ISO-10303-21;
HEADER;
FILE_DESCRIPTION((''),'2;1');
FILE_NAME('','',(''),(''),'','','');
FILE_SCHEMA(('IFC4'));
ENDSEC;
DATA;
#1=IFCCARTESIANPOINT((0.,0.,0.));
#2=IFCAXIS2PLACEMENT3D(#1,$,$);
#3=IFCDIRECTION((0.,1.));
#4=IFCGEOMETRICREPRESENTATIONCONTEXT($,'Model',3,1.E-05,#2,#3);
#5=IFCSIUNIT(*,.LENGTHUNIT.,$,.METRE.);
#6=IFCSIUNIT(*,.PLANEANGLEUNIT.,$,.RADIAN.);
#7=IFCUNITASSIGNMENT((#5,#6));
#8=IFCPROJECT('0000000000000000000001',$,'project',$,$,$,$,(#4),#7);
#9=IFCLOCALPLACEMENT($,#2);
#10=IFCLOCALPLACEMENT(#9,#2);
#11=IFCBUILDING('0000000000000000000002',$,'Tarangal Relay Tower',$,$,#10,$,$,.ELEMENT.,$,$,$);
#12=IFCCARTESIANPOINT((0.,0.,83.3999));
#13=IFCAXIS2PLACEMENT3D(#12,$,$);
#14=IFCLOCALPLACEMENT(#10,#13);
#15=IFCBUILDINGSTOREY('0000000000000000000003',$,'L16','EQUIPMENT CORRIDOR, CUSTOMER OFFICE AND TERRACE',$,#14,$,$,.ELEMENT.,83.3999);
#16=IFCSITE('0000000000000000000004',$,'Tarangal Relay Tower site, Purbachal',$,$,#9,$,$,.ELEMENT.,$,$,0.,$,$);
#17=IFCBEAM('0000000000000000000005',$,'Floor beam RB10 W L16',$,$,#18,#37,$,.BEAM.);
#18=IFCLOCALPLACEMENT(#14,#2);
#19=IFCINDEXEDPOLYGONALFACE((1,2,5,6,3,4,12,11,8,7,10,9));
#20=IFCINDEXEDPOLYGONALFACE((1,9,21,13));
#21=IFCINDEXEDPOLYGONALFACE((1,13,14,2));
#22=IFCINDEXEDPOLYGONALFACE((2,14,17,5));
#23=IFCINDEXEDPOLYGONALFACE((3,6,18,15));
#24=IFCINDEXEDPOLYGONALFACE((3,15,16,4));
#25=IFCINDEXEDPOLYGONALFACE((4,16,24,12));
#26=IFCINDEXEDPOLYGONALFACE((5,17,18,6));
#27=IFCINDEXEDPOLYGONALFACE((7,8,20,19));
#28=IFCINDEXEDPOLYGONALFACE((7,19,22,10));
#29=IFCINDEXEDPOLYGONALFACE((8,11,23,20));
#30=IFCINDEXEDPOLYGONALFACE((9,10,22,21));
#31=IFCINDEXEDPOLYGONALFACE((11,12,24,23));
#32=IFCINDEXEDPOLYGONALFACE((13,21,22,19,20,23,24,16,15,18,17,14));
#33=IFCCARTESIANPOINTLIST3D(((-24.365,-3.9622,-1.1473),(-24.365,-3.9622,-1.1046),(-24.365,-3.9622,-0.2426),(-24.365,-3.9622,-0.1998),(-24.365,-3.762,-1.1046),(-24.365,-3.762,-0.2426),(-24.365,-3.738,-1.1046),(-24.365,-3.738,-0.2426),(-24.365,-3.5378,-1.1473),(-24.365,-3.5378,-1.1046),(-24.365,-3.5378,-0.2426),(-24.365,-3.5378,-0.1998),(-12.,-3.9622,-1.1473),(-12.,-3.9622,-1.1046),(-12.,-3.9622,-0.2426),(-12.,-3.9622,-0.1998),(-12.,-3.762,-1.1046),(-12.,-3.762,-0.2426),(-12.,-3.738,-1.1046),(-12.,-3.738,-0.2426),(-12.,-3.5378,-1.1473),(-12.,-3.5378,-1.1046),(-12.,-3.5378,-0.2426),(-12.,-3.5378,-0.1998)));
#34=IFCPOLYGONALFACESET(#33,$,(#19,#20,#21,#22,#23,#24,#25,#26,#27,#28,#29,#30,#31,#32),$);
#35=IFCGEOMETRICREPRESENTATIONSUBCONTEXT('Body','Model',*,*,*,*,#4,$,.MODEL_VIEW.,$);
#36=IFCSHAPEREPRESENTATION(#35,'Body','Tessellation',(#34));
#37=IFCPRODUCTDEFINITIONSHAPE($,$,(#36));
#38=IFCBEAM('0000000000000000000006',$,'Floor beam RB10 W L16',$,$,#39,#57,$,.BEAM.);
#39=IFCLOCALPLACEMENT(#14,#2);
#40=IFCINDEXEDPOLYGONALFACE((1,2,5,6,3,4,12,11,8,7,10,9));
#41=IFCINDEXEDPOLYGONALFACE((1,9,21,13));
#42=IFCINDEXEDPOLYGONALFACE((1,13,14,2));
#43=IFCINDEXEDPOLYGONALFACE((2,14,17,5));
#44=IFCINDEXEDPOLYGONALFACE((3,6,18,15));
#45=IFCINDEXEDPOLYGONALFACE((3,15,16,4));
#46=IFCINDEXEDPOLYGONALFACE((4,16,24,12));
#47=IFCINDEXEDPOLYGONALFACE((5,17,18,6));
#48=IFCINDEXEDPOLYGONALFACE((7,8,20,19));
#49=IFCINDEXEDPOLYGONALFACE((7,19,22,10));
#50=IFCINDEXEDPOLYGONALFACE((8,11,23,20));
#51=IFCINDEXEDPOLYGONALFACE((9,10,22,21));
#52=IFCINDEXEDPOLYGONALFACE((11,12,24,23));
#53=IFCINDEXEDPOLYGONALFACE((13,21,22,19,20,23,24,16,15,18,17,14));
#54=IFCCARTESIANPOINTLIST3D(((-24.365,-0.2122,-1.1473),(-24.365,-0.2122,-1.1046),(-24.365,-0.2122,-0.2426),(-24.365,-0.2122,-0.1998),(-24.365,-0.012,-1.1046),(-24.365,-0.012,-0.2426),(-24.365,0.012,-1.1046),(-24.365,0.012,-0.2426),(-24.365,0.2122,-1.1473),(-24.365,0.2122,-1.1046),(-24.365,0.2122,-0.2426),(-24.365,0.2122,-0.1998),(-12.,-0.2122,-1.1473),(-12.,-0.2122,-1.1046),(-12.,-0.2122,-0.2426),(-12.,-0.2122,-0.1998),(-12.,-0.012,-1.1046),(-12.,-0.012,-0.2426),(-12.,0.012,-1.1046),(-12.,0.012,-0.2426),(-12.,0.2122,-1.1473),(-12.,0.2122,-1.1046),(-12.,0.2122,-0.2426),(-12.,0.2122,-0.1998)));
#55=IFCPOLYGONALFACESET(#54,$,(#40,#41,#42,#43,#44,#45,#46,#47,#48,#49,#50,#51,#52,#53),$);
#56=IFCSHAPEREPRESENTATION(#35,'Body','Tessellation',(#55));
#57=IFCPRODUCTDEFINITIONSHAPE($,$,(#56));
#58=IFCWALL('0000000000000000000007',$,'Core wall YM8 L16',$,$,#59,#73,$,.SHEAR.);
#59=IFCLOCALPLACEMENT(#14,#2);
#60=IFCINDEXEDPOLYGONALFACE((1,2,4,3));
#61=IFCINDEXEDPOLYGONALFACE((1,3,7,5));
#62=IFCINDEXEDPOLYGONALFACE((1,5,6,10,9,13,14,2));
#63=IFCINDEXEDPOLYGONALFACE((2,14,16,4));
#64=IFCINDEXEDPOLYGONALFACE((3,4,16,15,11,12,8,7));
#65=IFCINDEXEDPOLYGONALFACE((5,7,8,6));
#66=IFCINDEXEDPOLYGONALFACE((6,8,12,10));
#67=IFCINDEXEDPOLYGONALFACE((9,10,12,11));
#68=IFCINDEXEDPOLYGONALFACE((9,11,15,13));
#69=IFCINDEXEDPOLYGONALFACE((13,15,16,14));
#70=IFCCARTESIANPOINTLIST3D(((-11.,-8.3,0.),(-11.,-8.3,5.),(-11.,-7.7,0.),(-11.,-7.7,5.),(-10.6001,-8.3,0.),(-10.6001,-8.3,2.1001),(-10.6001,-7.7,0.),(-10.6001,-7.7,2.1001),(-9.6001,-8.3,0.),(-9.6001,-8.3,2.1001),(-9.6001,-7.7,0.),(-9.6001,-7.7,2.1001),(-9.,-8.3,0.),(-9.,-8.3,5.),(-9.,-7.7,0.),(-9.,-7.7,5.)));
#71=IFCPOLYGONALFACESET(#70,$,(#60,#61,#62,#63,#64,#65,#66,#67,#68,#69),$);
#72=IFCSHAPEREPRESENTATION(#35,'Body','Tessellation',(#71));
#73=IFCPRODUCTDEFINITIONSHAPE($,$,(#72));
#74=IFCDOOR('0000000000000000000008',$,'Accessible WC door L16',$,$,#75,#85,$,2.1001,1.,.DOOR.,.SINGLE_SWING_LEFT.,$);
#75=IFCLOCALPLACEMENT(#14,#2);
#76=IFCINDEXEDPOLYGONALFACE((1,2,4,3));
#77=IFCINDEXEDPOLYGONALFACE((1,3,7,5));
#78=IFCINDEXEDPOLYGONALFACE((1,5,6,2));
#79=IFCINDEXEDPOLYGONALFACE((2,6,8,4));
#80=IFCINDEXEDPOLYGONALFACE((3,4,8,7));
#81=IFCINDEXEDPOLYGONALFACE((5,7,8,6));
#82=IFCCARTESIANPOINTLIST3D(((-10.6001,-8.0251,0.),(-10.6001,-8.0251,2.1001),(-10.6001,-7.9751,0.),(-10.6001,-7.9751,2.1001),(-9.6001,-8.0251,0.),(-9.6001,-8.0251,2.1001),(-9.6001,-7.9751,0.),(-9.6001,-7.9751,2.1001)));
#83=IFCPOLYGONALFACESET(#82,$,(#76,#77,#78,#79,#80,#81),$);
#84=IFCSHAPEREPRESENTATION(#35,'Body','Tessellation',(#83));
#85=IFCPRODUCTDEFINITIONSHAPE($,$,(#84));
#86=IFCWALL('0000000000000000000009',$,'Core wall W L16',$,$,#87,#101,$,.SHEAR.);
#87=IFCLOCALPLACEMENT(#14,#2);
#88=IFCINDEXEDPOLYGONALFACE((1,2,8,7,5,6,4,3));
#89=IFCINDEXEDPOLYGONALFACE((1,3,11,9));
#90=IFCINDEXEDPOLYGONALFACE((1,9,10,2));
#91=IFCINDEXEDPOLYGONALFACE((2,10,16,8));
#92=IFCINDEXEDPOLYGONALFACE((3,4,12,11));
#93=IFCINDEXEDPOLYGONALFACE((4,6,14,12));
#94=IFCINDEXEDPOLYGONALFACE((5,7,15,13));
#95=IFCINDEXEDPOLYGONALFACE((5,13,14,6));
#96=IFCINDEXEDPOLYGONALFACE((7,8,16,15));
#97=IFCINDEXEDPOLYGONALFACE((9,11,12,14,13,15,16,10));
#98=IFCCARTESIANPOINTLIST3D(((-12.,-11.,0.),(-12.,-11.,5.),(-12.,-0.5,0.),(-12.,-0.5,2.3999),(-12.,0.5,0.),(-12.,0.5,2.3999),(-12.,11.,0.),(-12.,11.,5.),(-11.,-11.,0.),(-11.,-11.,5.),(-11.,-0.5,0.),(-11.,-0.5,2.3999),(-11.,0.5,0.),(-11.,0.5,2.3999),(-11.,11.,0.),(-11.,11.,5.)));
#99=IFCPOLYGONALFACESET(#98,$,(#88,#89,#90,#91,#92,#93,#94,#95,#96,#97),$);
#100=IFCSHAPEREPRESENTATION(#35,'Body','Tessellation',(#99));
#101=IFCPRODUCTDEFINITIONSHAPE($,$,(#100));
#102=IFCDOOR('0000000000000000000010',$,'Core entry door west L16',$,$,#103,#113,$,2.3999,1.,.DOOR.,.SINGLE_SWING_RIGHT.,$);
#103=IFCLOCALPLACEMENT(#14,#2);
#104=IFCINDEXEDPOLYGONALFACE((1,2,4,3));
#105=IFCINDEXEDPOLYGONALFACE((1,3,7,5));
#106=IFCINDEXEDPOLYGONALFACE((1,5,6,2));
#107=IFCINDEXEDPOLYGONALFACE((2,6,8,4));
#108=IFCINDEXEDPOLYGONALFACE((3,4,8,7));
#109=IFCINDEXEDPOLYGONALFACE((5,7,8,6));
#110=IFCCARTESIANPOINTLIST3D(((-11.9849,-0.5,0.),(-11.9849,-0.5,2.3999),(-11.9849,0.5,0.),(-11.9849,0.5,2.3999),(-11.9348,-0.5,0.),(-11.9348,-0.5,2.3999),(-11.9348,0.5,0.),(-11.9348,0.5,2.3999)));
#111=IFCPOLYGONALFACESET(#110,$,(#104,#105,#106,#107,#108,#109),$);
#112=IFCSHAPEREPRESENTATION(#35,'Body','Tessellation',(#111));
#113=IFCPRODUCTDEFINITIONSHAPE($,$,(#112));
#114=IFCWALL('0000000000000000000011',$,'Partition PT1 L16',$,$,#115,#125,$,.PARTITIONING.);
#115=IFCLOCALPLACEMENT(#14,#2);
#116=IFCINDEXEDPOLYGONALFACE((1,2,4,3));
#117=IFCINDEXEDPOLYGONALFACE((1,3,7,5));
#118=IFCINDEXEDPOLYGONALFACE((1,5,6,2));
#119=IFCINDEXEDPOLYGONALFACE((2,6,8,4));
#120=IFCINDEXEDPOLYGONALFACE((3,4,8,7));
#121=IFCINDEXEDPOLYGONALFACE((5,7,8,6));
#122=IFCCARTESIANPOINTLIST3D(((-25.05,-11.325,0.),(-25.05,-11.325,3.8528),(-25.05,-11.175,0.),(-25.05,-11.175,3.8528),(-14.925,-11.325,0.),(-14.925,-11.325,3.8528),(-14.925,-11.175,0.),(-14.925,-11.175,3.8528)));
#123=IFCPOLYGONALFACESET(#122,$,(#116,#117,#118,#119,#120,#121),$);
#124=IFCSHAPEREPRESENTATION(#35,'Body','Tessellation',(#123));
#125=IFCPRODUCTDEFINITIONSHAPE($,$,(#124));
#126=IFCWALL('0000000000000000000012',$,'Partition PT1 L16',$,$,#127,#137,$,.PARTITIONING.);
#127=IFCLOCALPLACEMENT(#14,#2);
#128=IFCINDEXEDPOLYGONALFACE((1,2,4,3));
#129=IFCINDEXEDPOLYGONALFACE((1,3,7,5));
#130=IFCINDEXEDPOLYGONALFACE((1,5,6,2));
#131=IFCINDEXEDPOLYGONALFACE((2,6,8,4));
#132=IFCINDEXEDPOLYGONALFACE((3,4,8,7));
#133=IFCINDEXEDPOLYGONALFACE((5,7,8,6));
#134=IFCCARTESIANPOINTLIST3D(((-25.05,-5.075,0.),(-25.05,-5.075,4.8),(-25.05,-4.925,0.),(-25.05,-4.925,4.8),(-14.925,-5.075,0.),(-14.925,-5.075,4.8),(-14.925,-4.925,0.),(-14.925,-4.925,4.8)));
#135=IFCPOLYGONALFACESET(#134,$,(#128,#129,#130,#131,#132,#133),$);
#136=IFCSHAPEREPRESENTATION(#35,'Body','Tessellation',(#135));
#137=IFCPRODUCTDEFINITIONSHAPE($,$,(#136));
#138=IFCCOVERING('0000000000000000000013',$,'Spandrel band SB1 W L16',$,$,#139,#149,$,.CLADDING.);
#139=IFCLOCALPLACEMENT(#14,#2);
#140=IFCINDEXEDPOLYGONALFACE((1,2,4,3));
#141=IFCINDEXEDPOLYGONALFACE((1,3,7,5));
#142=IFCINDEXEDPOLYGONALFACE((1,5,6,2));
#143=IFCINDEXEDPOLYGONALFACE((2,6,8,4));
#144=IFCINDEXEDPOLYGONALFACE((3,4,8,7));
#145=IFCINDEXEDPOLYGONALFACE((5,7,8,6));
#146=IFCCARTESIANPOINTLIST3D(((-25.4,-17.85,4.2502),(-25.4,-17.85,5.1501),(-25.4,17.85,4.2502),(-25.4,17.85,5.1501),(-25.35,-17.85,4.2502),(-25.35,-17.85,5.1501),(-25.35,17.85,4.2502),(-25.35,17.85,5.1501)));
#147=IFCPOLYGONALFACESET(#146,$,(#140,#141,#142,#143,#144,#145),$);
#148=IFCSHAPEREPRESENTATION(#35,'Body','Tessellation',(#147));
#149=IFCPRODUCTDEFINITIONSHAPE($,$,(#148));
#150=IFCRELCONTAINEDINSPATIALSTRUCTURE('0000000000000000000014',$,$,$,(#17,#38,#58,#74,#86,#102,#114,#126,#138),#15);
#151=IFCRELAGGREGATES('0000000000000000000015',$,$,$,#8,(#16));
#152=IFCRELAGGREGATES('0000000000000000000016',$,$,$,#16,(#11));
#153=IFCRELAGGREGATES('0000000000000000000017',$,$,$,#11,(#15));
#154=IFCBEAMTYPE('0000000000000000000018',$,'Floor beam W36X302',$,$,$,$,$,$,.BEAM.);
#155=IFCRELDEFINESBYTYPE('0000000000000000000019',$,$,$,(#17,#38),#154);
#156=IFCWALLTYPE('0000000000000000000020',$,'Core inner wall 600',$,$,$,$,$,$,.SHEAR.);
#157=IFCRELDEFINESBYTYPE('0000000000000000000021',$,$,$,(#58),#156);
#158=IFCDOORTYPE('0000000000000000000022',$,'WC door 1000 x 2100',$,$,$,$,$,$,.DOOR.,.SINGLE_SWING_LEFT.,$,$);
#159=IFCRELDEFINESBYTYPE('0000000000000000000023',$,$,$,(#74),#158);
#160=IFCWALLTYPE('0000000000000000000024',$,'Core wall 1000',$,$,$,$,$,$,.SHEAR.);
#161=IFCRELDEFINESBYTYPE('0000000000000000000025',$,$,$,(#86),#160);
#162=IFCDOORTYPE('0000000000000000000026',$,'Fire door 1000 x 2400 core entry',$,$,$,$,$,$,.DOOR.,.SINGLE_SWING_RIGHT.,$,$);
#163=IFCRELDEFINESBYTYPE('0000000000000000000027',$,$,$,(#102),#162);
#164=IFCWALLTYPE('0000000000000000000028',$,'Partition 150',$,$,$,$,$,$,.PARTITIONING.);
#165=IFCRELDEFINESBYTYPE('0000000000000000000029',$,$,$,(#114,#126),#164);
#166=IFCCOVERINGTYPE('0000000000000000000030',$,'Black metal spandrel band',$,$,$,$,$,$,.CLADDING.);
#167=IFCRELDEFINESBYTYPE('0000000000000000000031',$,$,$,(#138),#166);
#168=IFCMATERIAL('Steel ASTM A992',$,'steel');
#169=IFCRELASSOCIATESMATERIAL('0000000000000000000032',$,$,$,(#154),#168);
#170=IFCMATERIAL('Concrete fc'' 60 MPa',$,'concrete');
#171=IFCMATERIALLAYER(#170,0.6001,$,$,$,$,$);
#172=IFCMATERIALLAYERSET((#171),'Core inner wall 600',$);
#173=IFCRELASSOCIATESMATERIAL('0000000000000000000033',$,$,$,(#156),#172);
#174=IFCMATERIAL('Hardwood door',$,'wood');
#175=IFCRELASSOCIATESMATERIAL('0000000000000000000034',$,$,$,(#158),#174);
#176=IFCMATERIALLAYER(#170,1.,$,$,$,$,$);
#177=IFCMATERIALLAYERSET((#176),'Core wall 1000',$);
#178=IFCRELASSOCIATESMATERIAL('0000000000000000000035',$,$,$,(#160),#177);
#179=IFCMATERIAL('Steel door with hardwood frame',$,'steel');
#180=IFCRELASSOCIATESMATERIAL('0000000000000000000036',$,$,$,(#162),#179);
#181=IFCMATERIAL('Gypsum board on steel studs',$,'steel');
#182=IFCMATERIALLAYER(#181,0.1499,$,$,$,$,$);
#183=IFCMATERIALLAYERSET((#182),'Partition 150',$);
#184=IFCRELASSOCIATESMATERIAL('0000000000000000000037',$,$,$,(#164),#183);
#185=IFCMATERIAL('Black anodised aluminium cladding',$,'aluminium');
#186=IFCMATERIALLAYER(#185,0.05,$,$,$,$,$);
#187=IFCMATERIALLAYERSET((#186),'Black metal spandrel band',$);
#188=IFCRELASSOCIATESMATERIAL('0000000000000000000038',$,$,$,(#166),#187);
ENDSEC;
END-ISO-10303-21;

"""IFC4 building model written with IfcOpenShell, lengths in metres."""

from ifc_helpers import new_model, si_unit, direction, frame, frame_2d, origin, origin_2d, place, context, subcontext, project, spatial, rectangle, i_section, extrude, material, layer, layer_set, material_profile, profile_set, type_object, element, fill, save


model = new_model("IFC4")

# Units and contexts
model_context = context("Model", 3, precision=1e-05, world=origin(), true_north=direction((0.0, 1.0)))
body_context = subcontext(model_context, "Body", "Model", "MODEL_VIEW")
ifc_project = project(units=[si_unit("LENGTHUNIT", "METRE"), si_unit("PLANEANGLEUNIT", "RADIAN")], contexts=[model_context])

# Site, building, storey
site_placement = place(None, origin())
site = spatial("IfcSite", under=ifc_project, at=site_placement, Name="Tarangal Relay Tower site, Purbachal", CompositionType="ELEMENT", RefElevation=0.0)
building_placement = place(site_placement, origin())
building = spatial("IfcBuilding", under=site, at=building_placement, Name="Tarangal Relay Tower", CompositionType="ELEMENT")
storey_placement = place(building_placement, frame((0.0, 0.0, 83.3999)))
storey = spatial("IfcBuildingStorey", under=building, at=storey_placement, Name="L16", Description="EQUIPMENT CORRIDOR, CUSTOMER OFFICE AND TERRACE", CompositionType="ELEMENT", Elevation=83.3999)

# Beams
ifc_material_1 = material(Name="Steel ASTM A992", Category="steel")
ifc_material_profile_1 = material_profile(ifc_material_1, i_section(OverallWidth=0.4243, OverallDepth=0.9475, WebThickness=0.0239, FlangeThickness=0.0427, at=origin_2d()), Name="W36X302")
ifc_profile_set_1 = profile_set([ifc_material_profile_1], Name="Steel ASTM A992")
beam_type_1 = type_object("IfcBeamType", Name="Floor beam W36X302", PredefinedType="BEAM", material=ifc_profile_set_1)
for number, where, z_axis, x_axis, name in (
    (1, (-12.0, -3.75, -0.6736), (-1.0, 0.0, 0.0), (0.0, -1.0, 0.0), "Floor beam RB10 W L16"),
    (2, (-12.0, 0.0, -0.6736), (-1.0, 0.0, 0.0), (0.0, -1.0, 0.0), "Floor beam RB10 W L16"),
):
    element("IfcBeam", number, at=place(storey_placement, frame(where, z_axis=z_axis, x_axis=x_axis)), inside=storey, type_object=beam_type_1, Name=name, PredefinedType="BEAM", context=body_context, shape_type="SweptSolid", body=[
        extrude(i_section(OverallWidth=0.4243, OverallDepth=0.9475, WebThickness=0.0239, FlangeThickness=0.0427, at=origin_2d()), origin(), (0.0, 0.0, 1.0), 12.365),
    ])

# Walls, openings, doors
ifc_material_2 = material(Name="Concrete fc' 60 MPa", Category="concrete")
ifc_layer_1 = layer(ifc_material_2, 0.6001)
ifc_layer_set_1 = layer_set([ifc_layer_1], Name="Core inner wall 600")
wall_type_1 = type_object("IfcWallType", Name="Core inner wall 600", PredefinedType="SHEAR", material=ifc_layer_set_1)
wall_1_placement = place(storey_placement, frame((-11.0, -8.0, 0.0), z_axis=(0.0, 0.0, 1.0), x_axis=(1.0, 0.0, 0.0)))
wall_1 = element("IfcWall", 3, at=wall_1_placement, inside=storey, type_object=wall_type_1, Name="Core wall YM8 L16", PredefinedType="SHEAR", context=body_context, shape_type="SweptSolid", body=[
    extrude(rectangle(XDim=2.0, YDim=0.6001, at=frame_2d((1.0, 0.0))), origin(), (0.0, 0.0, 1.0), 5.0),
])
opening_1_placement = place(wall_1_placement, frame((0.3999, 0.0, 0.0)))
opening_1 = element("IfcOpeningElement", 4, at=opening_1_placement, cuts=wall_1, PredefinedType="OPENING", context=body_context, shape_type="SweptSolid", body=[
    extrude(rectangle(XDim=1.0, YDim=2.1001, at=frame_2d((0.5, 1.05))), frame((0.0, 0.3101, 0.0), z_axis=(0.0, -1.0, 0.0), x_axis=(1.0, 0.0, 0.0)), (0.0, 0.0, 1.0), 0.6201),
])
ifc_material_3 = material(Name="Hardwood door", Category="wood")
door_type_1 = type_object("IfcDoorType", Name="WC door 1000 x 2100", OperationType="SINGLE_SWING_LEFT", PredefinedType="DOOR", material=ifc_material_3)
door_1_placement = place(opening_1_placement, origin())
door_1 = element("IfcDoor", 5, at=door_1_placement, inside=storey, type_object=door_type_1, Name="Accessible WC door L16", OperationType="SINGLE_SWING_LEFT", OverallHeight=2.1001, OverallWidth=1.0, PredefinedType="DOOR", context=body_context, shape_type="SweptSolid", body=[
    extrude(rectangle(XDim=1.0, YDim=2.1001, at=frame_2d((0.5, 1.05))), frame((0.0, 0.0249, 0.0), z_axis=(0.0, -1.0, 0.0), x_axis=(1.0, 0.0, 0.0)), (0.0, 0.0, 1.0), 0.05),
])
fill(opening_1, door_1)
ifc_layer_2 = layer(ifc_material_2, 1.0)
ifc_layer_set_2 = layer_set([ifc_layer_2], Name="Core wall 1000")
wall_type_2 = type_object("IfcWallType", Name="Core wall 1000", PredefinedType="SHEAR", material=ifc_layer_set_2)
wall_2_placement = place(storey_placement, frame((-11.5, -11.0, 0.0), z_axis=(0.0, 0.0, 1.0), x_axis=(0.0, 1.0, 0.0)))
wall_2 = element("IfcWall", 6, at=wall_2_placement, inside=storey, type_object=wall_type_2, Name="Core wall W L16", PredefinedType="SHEAR", context=body_context, shape_type="SweptSolid", body=[
    extrude(rectangle(XDim=22.0, YDim=1.0, at=frame_2d((11.0, 0.0))), origin(), (0.0, 0.0, 1.0), 5.0),
])
opening_2_placement = place(wall_2_placement, frame((10.5, 0.0, 0.0)))
opening_2 = element("IfcOpeningElement", 7, at=opening_2_placement, cuts=wall_2, PredefinedType="OPENING", context=body_context, shape_type="SweptSolid", body=[
    extrude(rectangle(XDim=1.0, YDim=2.3999, at=frame_2d((0.5, 1.2))), frame((0.0, 0.51, 0.0), z_axis=(0.0, -1.0, 0.0), x_axis=(1.0, 0.0, 0.0)), (0.0, 0.0, 1.0), 1.02),
])
ifc_material_4 = material(Name="Steel door with hardwood frame", Category="steel")
door_type_2 = type_object("IfcDoorType", Name="Fire door 1000 x 2400 core entry", OperationType="SINGLE_SWING_RIGHT", PredefinedType="DOOR", material=ifc_material_4)
door_2_placement = place(opening_2_placement, origin())
door_2 = element("IfcDoor", 8, at=door_2_placement, inside=storey, type_object=door_type_2, Name="Core entry door west L16", OperationType="SINGLE_SWING_RIGHT", OverallHeight=2.3999, OverallWidth=1.0, PredefinedType="DOOR", context=body_context, shape_type="SweptSolid", body=[
    extrude(rectangle(XDim=1.0, YDim=2.3999, at=frame_2d((0.5, 1.2))), frame((0.0, 0.4849, 0.0), z_axis=(0.0, -1.0, 0.0), x_axis=(1.0, 0.0, 0.0)), (0.0, 0.0, 1.0), 0.05),
])
fill(opening_2, door_2)

# Walls
ifc_material_5 = material(Name="Gypsum board on steel studs", Category="steel")
ifc_layer_3 = layer(ifc_material_5, 0.1499)
ifc_layer_set_3 = layer_set([ifc_layer_3], Name="Partition 150")
wall_type_3 = type_object("IfcWallType", Name="Partition 150", PredefinedType="PARTITIONING", material=ifc_layer_set_3)
wall_3_placement = place(storey_placement, frame((-25.05, -11.25, 0.0), z_axis=(0.0, 0.0, 1.0), x_axis=(1.0, 0.0, 0.0)))
element("IfcWall", 9, at=wall_3_placement, inside=storey, type_object=wall_type_3, Name="Partition PT1 L16", PredefinedType="PARTITIONING", context=body_context, shape_type="SweptSolid", body=[
    extrude(rectangle(XDim=10.125, YDim=0.1499, at=frame_2d((5.0625, 0.0))), origin(), (0.0, 0.0, 1.0), 3.8528),
])
wall_4_placement = place(storey_placement, frame((-25.05, -5.0, 0.0), z_axis=(0.0, 0.0, 1.0), x_axis=(1.0, 0.0, 0.0)))
element("IfcWall", 10, at=wall_4_placement, inside=storey, type_object=wall_type_3, Name="Partition PT1 L16", PredefinedType="PARTITIONING", context=body_context, shape_type="SweptSolid", body=[
    extrude(rectangle(XDim=10.125, YDim=0.1499, at=frame_2d((5.0625, 0.0))), origin(), (0.0, 0.0, 1.0), 4.8),
])

# Covering
ifc_material_6 = material(Name="Black anodised aluminium cladding", Category="aluminium")
ifc_layer_4 = layer(ifc_material_6, 0.05)
ifc_layer_set_4 = layer_set([ifc_layer_4], Name="Black metal spandrel band")
covering_type = type_object("IfcCoveringType", Name="Black metal spandrel band", PredefinedType="CLADDING", material=ifc_layer_set_4)
covering_placement = place(storey_placement, frame((-25.375, 0.0, 4.2502), z_axis=(0.0, 0.0, 1.0), x_axis=(0.0, 1.0, 0.0)))
element("IfcCovering", 11, at=covering_placement, inside=storey, type_object=covering_type, Name="Spandrel band SB1 W L16", PredefinedType="CLADDING", context=body_context, shape_type="SweptSolid", body=[
    extrude(rectangle(XDim=35.7, YDim=0.05, at=origin_2d()), origin(), (0.0, 0.0, 1.0), 0.8999),
])

save(model, "model.ifc")
